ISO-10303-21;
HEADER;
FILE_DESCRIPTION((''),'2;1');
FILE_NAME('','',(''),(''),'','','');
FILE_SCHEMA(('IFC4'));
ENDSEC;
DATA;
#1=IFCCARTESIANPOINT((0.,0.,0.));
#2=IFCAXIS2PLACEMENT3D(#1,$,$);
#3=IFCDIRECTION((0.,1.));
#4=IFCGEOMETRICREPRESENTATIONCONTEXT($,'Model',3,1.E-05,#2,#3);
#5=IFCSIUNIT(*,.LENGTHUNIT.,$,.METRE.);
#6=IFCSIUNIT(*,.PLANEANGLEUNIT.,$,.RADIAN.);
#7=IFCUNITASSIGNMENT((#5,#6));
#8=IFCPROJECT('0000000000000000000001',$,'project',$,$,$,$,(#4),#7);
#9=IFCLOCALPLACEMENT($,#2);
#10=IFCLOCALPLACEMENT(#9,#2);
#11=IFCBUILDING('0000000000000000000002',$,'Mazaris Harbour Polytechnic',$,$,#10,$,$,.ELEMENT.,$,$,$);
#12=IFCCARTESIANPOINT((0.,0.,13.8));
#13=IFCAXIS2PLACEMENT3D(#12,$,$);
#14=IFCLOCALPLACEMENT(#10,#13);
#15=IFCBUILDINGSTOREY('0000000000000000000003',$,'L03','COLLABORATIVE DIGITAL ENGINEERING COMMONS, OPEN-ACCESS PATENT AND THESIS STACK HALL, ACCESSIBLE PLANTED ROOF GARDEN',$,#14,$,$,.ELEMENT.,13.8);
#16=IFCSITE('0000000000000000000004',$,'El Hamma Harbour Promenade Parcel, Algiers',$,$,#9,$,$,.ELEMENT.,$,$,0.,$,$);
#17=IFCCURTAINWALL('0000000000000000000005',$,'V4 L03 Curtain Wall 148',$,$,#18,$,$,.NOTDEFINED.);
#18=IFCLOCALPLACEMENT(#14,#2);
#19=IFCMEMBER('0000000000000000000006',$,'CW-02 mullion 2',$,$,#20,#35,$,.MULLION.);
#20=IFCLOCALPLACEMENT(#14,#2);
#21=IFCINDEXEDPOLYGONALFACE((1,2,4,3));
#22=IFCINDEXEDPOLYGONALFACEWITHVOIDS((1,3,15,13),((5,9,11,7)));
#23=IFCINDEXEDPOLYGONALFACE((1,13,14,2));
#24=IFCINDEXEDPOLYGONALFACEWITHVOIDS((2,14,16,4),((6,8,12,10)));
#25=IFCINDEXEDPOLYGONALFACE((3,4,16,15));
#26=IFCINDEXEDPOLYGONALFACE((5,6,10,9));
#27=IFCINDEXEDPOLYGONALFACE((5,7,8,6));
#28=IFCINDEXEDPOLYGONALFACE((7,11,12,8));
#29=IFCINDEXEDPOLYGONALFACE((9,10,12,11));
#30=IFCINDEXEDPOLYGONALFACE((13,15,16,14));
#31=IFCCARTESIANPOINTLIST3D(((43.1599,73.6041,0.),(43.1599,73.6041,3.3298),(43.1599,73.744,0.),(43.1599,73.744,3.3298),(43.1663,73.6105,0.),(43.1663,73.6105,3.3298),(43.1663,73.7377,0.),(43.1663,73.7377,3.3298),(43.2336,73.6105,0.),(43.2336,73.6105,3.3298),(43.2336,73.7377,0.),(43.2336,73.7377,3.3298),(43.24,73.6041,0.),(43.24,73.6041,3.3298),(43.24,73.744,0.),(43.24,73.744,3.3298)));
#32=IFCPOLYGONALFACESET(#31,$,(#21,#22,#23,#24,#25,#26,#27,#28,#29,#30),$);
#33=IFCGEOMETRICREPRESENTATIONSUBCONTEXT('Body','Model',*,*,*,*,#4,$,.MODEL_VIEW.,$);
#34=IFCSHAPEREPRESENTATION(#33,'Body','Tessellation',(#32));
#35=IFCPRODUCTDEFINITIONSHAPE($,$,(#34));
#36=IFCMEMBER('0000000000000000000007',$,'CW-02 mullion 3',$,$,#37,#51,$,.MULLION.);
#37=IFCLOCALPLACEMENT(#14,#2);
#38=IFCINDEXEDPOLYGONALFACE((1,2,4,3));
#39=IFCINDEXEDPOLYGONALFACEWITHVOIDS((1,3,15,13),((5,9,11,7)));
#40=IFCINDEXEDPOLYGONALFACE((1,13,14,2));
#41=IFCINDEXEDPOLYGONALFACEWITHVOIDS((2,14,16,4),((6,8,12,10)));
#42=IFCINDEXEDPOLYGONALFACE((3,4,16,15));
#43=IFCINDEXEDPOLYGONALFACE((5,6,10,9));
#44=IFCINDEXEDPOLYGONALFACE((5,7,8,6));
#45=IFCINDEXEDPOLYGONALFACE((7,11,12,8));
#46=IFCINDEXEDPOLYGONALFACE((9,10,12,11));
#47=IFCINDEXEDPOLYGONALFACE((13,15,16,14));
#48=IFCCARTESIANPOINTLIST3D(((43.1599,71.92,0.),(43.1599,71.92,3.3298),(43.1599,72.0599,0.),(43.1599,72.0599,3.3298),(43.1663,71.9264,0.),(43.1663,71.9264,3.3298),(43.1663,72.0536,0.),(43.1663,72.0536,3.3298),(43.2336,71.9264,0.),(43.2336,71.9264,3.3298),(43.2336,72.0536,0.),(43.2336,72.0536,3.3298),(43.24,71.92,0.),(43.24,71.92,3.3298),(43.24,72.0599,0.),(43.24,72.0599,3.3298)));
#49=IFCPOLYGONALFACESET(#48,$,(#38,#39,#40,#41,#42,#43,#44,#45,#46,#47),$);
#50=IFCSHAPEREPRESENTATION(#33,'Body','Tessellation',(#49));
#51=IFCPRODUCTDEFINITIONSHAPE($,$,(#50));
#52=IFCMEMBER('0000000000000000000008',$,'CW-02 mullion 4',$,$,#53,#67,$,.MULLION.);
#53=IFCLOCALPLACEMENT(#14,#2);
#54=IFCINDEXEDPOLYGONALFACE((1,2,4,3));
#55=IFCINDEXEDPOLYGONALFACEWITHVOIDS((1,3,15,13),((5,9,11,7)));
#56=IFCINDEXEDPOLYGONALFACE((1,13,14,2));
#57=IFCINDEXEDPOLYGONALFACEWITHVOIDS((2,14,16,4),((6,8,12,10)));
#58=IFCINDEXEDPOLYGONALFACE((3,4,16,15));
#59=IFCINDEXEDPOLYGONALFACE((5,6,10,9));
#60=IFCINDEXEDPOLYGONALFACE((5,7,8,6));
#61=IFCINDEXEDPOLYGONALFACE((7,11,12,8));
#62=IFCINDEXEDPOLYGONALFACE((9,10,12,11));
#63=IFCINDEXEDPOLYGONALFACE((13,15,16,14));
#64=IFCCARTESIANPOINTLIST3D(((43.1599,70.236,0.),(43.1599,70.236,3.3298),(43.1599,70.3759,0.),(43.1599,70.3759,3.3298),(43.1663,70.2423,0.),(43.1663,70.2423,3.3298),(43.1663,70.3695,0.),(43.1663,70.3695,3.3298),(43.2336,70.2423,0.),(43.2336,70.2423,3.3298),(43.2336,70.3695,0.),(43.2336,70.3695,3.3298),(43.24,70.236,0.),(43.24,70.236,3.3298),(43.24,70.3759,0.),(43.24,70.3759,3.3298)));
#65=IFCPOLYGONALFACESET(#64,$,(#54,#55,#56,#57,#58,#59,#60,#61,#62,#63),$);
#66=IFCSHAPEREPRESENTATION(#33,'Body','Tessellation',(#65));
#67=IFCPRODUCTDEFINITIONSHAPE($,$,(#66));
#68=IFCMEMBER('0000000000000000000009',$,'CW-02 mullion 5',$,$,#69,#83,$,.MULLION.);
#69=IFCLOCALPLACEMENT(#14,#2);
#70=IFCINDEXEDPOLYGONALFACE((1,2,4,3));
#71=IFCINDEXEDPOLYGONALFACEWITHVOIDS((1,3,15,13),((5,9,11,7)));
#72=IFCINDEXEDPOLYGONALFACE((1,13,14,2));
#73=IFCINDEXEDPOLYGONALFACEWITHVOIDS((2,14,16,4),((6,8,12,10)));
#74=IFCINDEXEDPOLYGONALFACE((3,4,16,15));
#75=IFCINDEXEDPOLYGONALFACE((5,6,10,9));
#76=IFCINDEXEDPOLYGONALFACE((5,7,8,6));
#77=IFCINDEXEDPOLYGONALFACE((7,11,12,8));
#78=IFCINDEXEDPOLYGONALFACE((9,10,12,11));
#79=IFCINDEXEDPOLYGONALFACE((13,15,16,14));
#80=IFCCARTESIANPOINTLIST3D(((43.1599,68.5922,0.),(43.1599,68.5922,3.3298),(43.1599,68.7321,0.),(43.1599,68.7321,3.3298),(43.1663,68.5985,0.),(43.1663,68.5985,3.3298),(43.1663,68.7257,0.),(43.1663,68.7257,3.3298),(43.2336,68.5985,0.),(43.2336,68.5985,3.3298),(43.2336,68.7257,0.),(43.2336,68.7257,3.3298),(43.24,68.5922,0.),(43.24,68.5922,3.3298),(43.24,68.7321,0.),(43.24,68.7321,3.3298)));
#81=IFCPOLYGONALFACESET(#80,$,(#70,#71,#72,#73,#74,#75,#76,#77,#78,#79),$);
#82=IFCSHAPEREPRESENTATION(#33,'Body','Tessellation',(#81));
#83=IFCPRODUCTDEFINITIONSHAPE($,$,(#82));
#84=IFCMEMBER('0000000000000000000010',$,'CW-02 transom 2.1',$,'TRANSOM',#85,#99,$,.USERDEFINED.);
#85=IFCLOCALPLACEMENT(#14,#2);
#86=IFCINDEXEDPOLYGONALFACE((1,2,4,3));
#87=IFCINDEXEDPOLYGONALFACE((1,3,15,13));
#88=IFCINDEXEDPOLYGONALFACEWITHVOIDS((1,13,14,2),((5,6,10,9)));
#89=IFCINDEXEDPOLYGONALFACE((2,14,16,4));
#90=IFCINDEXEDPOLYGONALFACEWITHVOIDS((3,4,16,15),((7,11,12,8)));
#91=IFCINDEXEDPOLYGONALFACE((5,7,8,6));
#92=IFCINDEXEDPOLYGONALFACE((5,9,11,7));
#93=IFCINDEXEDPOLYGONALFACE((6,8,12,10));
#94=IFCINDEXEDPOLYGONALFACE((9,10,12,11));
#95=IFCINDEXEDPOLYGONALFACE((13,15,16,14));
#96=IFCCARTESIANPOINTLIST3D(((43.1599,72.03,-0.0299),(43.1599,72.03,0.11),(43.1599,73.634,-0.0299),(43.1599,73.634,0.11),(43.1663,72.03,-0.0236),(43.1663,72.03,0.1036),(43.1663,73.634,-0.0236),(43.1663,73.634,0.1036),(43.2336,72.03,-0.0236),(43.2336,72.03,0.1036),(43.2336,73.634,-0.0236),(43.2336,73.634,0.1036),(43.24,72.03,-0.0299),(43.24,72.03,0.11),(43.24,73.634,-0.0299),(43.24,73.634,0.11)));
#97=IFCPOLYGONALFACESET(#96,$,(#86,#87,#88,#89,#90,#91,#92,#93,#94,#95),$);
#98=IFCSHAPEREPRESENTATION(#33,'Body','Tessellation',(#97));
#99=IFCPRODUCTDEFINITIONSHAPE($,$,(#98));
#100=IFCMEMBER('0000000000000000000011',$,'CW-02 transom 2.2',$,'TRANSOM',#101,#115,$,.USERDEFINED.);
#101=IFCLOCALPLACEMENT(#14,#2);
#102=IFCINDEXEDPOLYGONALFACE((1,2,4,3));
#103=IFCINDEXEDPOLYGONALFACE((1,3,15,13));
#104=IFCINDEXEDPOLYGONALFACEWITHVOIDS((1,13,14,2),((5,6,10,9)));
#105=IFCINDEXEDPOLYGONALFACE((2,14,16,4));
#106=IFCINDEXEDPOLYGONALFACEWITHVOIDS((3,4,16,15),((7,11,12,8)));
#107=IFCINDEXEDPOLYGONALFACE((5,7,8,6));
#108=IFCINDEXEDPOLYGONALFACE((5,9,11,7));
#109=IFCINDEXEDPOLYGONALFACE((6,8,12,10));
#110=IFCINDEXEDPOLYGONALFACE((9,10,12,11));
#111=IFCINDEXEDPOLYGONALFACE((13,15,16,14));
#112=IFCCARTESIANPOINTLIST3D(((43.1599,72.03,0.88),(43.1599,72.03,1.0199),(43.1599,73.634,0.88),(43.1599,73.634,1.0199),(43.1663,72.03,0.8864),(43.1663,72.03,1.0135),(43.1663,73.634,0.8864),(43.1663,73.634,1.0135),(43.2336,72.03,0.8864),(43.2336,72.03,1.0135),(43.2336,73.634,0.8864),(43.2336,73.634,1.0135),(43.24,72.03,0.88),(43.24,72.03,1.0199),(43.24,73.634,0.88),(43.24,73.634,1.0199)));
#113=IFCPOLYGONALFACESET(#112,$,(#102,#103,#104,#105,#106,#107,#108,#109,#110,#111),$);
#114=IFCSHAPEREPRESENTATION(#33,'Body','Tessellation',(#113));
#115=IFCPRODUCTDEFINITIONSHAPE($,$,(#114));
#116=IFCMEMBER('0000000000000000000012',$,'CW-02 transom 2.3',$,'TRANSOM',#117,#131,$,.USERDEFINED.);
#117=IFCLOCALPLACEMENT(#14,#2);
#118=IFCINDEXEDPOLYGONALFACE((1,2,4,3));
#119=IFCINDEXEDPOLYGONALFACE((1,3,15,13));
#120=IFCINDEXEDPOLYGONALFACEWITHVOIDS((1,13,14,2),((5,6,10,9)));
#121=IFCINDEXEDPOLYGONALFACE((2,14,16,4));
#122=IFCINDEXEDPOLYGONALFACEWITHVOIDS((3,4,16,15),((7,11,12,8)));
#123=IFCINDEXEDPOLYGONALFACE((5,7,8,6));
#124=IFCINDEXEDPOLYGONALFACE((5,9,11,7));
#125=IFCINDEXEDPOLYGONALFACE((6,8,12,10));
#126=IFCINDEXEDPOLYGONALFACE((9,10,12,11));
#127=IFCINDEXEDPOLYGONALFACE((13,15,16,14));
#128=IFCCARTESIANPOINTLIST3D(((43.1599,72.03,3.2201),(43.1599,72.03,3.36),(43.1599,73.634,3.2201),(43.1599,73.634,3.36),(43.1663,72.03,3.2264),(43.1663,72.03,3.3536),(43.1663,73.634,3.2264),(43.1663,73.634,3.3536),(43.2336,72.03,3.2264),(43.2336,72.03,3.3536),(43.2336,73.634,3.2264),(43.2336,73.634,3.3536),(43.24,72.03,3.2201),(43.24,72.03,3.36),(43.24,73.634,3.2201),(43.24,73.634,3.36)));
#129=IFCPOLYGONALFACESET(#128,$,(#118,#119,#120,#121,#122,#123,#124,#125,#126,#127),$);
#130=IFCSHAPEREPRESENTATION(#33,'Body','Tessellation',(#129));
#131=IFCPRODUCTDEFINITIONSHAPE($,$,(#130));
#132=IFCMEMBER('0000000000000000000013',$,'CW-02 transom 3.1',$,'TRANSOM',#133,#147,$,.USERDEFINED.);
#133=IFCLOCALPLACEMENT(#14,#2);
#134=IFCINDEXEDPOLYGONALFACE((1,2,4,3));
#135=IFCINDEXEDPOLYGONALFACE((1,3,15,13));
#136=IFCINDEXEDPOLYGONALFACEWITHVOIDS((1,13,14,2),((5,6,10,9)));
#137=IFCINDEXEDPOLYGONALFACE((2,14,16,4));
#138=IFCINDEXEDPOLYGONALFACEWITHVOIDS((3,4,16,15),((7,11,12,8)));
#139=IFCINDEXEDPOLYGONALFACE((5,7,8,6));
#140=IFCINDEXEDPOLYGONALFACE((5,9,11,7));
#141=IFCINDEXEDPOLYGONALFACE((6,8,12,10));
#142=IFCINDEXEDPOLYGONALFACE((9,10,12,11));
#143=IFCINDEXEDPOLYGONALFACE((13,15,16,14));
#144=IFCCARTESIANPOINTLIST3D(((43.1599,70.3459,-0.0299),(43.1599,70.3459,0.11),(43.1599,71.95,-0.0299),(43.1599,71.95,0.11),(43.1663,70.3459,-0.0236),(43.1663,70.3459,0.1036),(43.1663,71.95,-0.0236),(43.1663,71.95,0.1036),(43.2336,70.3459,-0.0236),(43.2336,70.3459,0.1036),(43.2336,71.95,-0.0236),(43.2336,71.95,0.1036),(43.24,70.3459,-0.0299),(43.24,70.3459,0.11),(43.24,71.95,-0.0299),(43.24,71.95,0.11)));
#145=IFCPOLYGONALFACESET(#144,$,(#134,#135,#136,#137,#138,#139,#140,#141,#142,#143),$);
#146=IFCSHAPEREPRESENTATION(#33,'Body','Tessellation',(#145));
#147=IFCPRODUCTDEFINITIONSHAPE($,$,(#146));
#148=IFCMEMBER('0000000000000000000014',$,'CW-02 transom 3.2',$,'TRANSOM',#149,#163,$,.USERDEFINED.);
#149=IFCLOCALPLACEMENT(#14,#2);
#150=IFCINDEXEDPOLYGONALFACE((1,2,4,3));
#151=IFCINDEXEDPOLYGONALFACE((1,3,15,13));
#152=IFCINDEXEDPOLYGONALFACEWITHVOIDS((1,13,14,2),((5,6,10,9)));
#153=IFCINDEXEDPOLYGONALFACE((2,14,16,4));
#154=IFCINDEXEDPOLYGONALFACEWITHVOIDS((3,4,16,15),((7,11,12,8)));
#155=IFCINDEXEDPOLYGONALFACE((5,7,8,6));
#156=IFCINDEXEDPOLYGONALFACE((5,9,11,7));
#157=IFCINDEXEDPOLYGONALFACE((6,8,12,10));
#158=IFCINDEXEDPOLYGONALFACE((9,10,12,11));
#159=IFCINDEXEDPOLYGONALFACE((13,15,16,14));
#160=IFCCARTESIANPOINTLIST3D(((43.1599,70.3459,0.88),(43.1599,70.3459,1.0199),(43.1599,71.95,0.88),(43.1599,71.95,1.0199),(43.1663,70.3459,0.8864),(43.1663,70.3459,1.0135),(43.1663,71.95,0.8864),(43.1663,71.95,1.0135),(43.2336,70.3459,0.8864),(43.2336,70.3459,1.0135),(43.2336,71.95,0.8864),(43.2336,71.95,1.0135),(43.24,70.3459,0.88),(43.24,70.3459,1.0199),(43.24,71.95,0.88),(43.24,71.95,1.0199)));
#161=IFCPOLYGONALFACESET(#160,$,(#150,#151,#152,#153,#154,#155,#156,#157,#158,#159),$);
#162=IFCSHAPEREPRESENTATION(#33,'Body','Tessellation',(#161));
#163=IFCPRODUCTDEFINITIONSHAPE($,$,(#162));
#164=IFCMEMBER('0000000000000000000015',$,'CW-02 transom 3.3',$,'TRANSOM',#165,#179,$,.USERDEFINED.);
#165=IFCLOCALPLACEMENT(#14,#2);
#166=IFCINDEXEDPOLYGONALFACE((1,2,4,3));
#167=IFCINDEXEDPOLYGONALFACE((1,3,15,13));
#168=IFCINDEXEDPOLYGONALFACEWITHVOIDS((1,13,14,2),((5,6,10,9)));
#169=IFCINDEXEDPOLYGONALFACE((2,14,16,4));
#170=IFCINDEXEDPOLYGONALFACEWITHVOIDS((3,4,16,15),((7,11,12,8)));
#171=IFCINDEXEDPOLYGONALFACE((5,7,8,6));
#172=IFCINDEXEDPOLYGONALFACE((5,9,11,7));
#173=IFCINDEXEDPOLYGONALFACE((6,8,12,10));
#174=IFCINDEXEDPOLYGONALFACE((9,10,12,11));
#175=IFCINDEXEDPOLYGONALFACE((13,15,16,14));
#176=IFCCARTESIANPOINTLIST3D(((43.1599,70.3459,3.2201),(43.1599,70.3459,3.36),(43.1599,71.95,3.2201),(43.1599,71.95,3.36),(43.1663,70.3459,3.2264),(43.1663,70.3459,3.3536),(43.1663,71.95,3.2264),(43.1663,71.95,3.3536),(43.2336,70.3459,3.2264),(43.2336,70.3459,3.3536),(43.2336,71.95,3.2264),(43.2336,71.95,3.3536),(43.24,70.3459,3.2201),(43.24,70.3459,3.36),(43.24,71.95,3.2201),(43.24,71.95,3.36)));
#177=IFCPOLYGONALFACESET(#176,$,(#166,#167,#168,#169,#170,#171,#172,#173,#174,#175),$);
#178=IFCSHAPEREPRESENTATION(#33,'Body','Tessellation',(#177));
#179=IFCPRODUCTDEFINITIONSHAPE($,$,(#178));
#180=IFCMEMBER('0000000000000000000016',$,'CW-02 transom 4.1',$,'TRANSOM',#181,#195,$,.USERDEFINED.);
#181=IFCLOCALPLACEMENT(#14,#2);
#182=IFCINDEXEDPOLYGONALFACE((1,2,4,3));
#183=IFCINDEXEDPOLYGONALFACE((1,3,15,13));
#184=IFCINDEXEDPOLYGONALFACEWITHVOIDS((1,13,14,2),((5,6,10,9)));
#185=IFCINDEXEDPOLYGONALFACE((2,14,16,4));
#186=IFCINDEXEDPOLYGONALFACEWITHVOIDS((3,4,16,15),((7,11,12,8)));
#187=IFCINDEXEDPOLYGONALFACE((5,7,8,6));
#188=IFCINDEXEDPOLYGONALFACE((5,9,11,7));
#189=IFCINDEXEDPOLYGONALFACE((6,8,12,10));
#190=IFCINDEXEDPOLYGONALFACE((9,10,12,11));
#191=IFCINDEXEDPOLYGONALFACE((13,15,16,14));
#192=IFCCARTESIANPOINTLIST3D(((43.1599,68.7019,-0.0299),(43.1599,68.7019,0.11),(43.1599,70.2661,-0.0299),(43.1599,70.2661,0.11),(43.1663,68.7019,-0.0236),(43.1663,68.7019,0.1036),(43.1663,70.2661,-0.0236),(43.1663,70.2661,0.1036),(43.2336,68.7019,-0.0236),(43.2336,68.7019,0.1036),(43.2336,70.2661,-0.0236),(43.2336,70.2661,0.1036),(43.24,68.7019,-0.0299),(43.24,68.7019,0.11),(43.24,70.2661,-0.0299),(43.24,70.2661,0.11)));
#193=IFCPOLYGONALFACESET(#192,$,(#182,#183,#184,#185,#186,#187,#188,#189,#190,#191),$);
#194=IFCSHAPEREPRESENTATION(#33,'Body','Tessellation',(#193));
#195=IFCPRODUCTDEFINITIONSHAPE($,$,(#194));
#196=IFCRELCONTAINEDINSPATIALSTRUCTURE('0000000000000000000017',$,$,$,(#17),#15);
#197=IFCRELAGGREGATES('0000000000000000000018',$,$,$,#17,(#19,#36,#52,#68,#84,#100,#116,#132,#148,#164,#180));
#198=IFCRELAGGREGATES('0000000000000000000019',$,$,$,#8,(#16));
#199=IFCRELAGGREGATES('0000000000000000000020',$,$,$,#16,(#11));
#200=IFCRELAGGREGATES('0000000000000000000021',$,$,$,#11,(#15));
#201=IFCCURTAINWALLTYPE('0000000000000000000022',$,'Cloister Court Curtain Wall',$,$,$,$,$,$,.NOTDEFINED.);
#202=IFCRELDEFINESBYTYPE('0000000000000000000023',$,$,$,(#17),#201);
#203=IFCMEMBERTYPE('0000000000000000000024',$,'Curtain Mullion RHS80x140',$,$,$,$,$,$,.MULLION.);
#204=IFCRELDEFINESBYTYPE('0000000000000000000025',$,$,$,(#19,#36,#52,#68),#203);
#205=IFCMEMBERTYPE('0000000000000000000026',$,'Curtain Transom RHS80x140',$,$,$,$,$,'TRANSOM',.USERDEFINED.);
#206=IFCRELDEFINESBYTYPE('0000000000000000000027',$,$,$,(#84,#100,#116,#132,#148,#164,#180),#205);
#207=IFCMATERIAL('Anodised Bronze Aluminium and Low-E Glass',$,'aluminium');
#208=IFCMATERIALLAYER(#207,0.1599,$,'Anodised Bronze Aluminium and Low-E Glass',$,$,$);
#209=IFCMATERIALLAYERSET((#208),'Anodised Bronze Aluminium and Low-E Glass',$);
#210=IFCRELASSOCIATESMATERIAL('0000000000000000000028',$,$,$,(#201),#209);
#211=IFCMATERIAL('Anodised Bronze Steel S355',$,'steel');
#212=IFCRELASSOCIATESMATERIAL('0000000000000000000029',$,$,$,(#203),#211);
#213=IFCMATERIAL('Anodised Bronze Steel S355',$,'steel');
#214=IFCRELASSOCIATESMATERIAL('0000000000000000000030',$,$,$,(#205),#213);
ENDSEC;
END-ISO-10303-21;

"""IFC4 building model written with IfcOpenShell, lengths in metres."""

from ifc_helpers import new_model, si_unit, direction, frame, origin, origin_2d, place, context, subcontext, project, spatial, hollow_rectangle, extrude, material, layer, layer_set, material_profile, profile_set, type_object, element, aggregate, save


model = new_model("IFC4")

# Units and contexts
model_context = context("Model", 3, precision=1e-05, world=origin(), true_north=direction((0.0, 1.0)))
body_context = subcontext(model_context, "Body", "Model", "MODEL_VIEW")
ifc_project = project(units=[si_unit("LENGTHUNIT", "METRE"), si_unit("PLANEANGLEUNIT", "RADIAN")], contexts=[model_context])

# Site, building, storey
site_placement = place(None, origin())
site = spatial("IfcSite", under=ifc_project, at=site_placement, Name="El Hamma Harbour Promenade Parcel, Algiers", CompositionType="ELEMENT", RefElevation=0.0)
building_placement = place(site_placement, origin())
building = spatial("IfcBuilding", under=site, at=building_placement, Name="Mazaris Harbour Polytechnic", CompositionType="ELEMENT")
storey_placement = place(building_placement, frame((0.0, 0.0, 13.8)))
storey = spatial("IfcBuildingStorey", under=building, at=storey_placement, Name="L03", Description="COLLABORATIVE DIGITAL ENGINEERING COMMONS, OPEN-ACCESS PATENT AND THESIS STACK HALL, ACCESSIBLE PLANTED ROOF GARDEN", CompositionType="ELEMENT", Elevation=13.8)

# Curtain wall, members
ifc_material_1 = material(Name="Anodised Bronze Aluminium and Low-E Glass", Category="aluminium")
ifc_layer_1 = layer(ifc_material_1, 0.1599, Name="Anodised Bronze Aluminium and Low-E Glass")
ifc_layer_set_1 = layer_set([ifc_layer_1], Name="Anodised Bronze Aluminium and Low-E Glass")
curtain_wall_type = type_object("IfcCurtainWallType", Name="Cloister Court Curtain Wall", PredefinedType="NOTDEFINED", material=ifc_layer_set_1)
curtain_wall_placement = place(storey_placement, origin())
curtain_wall = element("IfcCurtainWall", 1, at=curtain_wall_placement, inside=storey, type_object=curtain_wall_type, Name="V4 L03 Curtain Wall 148", PredefinedType="NOTDEFINED")
ifc_material_2 = material(Name="Anodised Bronze Steel S355", Category="steel")
ifc_material_profile_1 = material_profile(ifc_material_2, hollow_rectangle(XDim=0.0801, YDim=0.1399, WallThickness=0.0063, at=origin_2d()), Name="RHS 80x140x6.3")
ifc_profile_set_1 = profile_set([ifc_material_profile_1], Name="Anodised Bronze Steel S355")
member_type_1 = type_object("IfcMemberType", Name="Curtain Mullion RHS80x140", PredefinedType="MULLION", material=ifc_profile_set_1)
member_1_placement = place(storey_placement, frame((43.2, 73.6741, 0.0), z_axis=(0.0, 0.0, 1.0), x_axis=(1.0, 0.0, 0.0)))
member_1 = element("IfcMember", 2, at=member_1_placement, type_object=member_type_1, Name="CW-02 mullion 2", PredefinedType="MULLION", context=body_context, shape_type="SweptSolid", body=[
    extrude(hollow_rectangle(XDim=0.0801, YDim=0.1399, WallThickness=0.0063, at=origin_2d()), origin(), (0.0, 0.0, 1.0), 3.3298),
])
member_2_placement = place(storey_placement, frame((43.2, 71.99, 0.0), z_axis=(0.0, 0.0, 1.0), x_axis=(1.0, 0.0, 0.0)))
member_2 = element("IfcMember", 3, at=member_2_placement, type_object=member_type_1, Name="CW-02 mullion 3", PredefinedType="MULLION", context=body_context, shape_type="SweptSolid", body=[
    extrude(hollow_rectangle(XDim=0.0801, YDim=0.1399, WallThickness=0.0063, at=origin_2d()), origin(), (0.0, 0.0, 1.0), 3.3298),
])
member_3_placement = place(storey_placement, frame((43.2, 70.3059, 0.0), z_axis=(0.0, 0.0, 1.0), x_axis=(1.0, 0.0, 0.0)))
member_3 = element("IfcMember", 4, at=member_3_placement, type_object=member_type_1, Name="CW-02 mullion 4", PredefinedType="MULLION", context=body_context, shape_type="SweptSolid", body=[
    extrude(hollow_rectangle(XDim=0.0801, YDim=0.1399, WallThickness=0.0063, at=origin_2d()), origin(), (0.0, 0.0, 1.0), 3.3298),
])
member_4_placement = place(storey_placement, frame((43.2, 68.6621, 0.0), z_axis=(0.0, 0.0, 1.0), x_axis=(1.0, 0.0, 0.0)))
member_4 = element("IfcMember", 5, at=member_4_placement, type_object=member_type_1, Name="CW-02 mullion 5", PredefinedType="MULLION", context=body_context, shape_type="SweptSolid", body=[
    extrude(hollow_rectangle(XDim=0.0801, YDim=0.1399, WallThickness=0.0063, at=origin_2d()), origin(), (0.0, 0.0, 1.0), 3.3298),
])
ifc_material_3 = material(Name="Anodised Bronze Steel S355", Category="steel")
ifc_material_profile_2 = material_profile(ifc_material_3, hollow_rectangle(XDim=0.0801, YDim=0.1399, WallThickness=0.0063, at=origin_2d()), Name="RHS 80x140x6.3")
ifc_profile_set_2 = profile_set([ifc_material_profile_2], Name="Anodised Bronze Steel S355")
member_type_2 = type_object("IfcMemberType", Name="Curtain Transom RHS80x140", ElementType="TRANSOM", PredefinedType="USERDEFINED", material=ifc_profile_set_2)
member_5_placement = place(storey_placement, frame((43.2, 73.634, 0.04), z_axis=(0.0, -1.0, 0.0), x_axis=(1.0, 0.0, 0.0)))
member_5 = element("IfcMember", 6, at=member_5_placement, type_object=member_type_2, Name="CW-02 transom 2.1", ObjectType="TRANSOM", PredefinedType="USERDEFINED", context=body_context, shape_type="SweptSolid", body=[
    extrude(hollow_rectangle(XDim=0.0801, YDim=0.1399, WallThickness=0.0063, at=origin_2d()), origin(), (0.0, 0.0, 1.0), 1.604),
])
member_6_placement = place(storey_placement, frame((43.2, 73.634, 0.95), z_axis=(0.0, -1.0, 0.0), x_axis=(1.0, 0.0, 0.0)))
member_6 = element("IfcMember", 7, at=member_6_placement, type_object=member_type_2, Name="CW-02 transom 2.2", ObjectType="TRANSOM", PredefinedType="USERDEFINED", context=body_context, shape_type="SweptSolid", body=[
    extrude(hollow_rectangle(XDim=0.0801, YDim=0.1399, WallThickness=0.0063, at=origin_2d()), origin(), (0.0, 0.0, 1.0), 1.604),
])
member_7_placement = place(storey_placement, frame((43.2, 73.634, 3.29), z_axis=(0.0, -1.0, 0.0), x_axis=(1.0, 0.0, 0.0)))
member_7 = element("IfcMember", 8, at=member_7_placement, type_object=member_type_2, Name="CW-02 transom 2.3", ObjectType="TRANSOM", PredefinedType="USERDEFINED", context=body_context, shape_type="SweptSolid", body=[
    extrude(hollow_rectangle(XDim=0.0801, YDim=0.1399, WallThickness=0.0063, at=origin_2d()), origin(), (0.0, 0.0, 1.0), 1.604),
])
member_8_placement = place(storey_placement, frame((43.2, 71.95, 0.04), z_axis=(0.0, -1.0, 0.0), x_axis=(1.0, 0.0, 0.0)))
member_8 = element("IfcMember", 9, at=member_8_placement, type_object=member_type_2, Name="CW-02 transom 3.1", ObjectType="TRANSOM", PredefinedType="USERDEFINED", context=body_context, shape_type="SweptSolid", body=[
    extrude(hollow_rectangle(XDim=0.0801, YDim=0.1399, WallThickness=0.0063, at=origin_2d()), origin(), (0.0, 0.0, 1.0), 1.604),
])
member_9_placement = place(storey_placement, frame((43.2, 71.95, 0.95), z_axis=(0.0, -1.0, 0.0), x_axis=(1.0, 0.0, 0.0)))
member_9 = element("IfcMember", 10, at=member_9_placement, type_object=member_type_2, Name="CW-02 transom 3.2", ObjectType="TRANSOM", PredefinedType="USERDEFINED", context=body_context, shape_type="SweptSolid", body=[
    extrude(hollow_rectangle(XDim=0.0801, YDim=0.1399, WallThickness=0.0063, at=origin_2d()), origin(), (0.0, 0.0, 1.0), 1.604),
])
member_10_placement = place(storey_placement, frame((43.2, 71.95, 3.29), z_axis=(0.0, -1.0, 0.0), x_axis=(1.0, 0.0, 0.0)))
member_10 = element("IfcMember", 11, at=member_10_placement, type_object=member_type_2, Name="CW-02 transom 3.3", ObjectType="TRANSOM", PredefinedType="USERDEFINED", context=body_context, shape_type="SweptSolid", body=[
    extrude(hollow_rectangle(XDim=0.0801, YDim=0.1399, WallThickness=0.0063, at=origin_2d()), origin(), (0.0, 0.0, 1.0), 1.604),
])
member_11_placement = place(storey_placement, frame((43.2, 70.2661, 0.04), z_axis=(0.0, -1.0, 0.0), x_axis=(1.0, 0.0, 0.0)))
member_11 = element("IfcMember", 12, at=member_11_placement, type_object=member_type_2, Name="CW-02 transom 4.1", ObjectType="TRANSOM", PredefinedType="USERDEFINED", context=body_context, shape_type="SweptSolid", body=[
    extrude(hollow_rectangle(XDim=0.0801, YDim=0.1399, WallThickness=0.0063, at=origin_2d()), origin(), (0.0, 0.0, 1.0), 1.5642),
])

aggregate(curtain_wall, [member_1, member_2, member_3, member_4, member_5, member_6, member_7, member_8, member_9, member_10, member_11])

save(model, "model.ifc")
